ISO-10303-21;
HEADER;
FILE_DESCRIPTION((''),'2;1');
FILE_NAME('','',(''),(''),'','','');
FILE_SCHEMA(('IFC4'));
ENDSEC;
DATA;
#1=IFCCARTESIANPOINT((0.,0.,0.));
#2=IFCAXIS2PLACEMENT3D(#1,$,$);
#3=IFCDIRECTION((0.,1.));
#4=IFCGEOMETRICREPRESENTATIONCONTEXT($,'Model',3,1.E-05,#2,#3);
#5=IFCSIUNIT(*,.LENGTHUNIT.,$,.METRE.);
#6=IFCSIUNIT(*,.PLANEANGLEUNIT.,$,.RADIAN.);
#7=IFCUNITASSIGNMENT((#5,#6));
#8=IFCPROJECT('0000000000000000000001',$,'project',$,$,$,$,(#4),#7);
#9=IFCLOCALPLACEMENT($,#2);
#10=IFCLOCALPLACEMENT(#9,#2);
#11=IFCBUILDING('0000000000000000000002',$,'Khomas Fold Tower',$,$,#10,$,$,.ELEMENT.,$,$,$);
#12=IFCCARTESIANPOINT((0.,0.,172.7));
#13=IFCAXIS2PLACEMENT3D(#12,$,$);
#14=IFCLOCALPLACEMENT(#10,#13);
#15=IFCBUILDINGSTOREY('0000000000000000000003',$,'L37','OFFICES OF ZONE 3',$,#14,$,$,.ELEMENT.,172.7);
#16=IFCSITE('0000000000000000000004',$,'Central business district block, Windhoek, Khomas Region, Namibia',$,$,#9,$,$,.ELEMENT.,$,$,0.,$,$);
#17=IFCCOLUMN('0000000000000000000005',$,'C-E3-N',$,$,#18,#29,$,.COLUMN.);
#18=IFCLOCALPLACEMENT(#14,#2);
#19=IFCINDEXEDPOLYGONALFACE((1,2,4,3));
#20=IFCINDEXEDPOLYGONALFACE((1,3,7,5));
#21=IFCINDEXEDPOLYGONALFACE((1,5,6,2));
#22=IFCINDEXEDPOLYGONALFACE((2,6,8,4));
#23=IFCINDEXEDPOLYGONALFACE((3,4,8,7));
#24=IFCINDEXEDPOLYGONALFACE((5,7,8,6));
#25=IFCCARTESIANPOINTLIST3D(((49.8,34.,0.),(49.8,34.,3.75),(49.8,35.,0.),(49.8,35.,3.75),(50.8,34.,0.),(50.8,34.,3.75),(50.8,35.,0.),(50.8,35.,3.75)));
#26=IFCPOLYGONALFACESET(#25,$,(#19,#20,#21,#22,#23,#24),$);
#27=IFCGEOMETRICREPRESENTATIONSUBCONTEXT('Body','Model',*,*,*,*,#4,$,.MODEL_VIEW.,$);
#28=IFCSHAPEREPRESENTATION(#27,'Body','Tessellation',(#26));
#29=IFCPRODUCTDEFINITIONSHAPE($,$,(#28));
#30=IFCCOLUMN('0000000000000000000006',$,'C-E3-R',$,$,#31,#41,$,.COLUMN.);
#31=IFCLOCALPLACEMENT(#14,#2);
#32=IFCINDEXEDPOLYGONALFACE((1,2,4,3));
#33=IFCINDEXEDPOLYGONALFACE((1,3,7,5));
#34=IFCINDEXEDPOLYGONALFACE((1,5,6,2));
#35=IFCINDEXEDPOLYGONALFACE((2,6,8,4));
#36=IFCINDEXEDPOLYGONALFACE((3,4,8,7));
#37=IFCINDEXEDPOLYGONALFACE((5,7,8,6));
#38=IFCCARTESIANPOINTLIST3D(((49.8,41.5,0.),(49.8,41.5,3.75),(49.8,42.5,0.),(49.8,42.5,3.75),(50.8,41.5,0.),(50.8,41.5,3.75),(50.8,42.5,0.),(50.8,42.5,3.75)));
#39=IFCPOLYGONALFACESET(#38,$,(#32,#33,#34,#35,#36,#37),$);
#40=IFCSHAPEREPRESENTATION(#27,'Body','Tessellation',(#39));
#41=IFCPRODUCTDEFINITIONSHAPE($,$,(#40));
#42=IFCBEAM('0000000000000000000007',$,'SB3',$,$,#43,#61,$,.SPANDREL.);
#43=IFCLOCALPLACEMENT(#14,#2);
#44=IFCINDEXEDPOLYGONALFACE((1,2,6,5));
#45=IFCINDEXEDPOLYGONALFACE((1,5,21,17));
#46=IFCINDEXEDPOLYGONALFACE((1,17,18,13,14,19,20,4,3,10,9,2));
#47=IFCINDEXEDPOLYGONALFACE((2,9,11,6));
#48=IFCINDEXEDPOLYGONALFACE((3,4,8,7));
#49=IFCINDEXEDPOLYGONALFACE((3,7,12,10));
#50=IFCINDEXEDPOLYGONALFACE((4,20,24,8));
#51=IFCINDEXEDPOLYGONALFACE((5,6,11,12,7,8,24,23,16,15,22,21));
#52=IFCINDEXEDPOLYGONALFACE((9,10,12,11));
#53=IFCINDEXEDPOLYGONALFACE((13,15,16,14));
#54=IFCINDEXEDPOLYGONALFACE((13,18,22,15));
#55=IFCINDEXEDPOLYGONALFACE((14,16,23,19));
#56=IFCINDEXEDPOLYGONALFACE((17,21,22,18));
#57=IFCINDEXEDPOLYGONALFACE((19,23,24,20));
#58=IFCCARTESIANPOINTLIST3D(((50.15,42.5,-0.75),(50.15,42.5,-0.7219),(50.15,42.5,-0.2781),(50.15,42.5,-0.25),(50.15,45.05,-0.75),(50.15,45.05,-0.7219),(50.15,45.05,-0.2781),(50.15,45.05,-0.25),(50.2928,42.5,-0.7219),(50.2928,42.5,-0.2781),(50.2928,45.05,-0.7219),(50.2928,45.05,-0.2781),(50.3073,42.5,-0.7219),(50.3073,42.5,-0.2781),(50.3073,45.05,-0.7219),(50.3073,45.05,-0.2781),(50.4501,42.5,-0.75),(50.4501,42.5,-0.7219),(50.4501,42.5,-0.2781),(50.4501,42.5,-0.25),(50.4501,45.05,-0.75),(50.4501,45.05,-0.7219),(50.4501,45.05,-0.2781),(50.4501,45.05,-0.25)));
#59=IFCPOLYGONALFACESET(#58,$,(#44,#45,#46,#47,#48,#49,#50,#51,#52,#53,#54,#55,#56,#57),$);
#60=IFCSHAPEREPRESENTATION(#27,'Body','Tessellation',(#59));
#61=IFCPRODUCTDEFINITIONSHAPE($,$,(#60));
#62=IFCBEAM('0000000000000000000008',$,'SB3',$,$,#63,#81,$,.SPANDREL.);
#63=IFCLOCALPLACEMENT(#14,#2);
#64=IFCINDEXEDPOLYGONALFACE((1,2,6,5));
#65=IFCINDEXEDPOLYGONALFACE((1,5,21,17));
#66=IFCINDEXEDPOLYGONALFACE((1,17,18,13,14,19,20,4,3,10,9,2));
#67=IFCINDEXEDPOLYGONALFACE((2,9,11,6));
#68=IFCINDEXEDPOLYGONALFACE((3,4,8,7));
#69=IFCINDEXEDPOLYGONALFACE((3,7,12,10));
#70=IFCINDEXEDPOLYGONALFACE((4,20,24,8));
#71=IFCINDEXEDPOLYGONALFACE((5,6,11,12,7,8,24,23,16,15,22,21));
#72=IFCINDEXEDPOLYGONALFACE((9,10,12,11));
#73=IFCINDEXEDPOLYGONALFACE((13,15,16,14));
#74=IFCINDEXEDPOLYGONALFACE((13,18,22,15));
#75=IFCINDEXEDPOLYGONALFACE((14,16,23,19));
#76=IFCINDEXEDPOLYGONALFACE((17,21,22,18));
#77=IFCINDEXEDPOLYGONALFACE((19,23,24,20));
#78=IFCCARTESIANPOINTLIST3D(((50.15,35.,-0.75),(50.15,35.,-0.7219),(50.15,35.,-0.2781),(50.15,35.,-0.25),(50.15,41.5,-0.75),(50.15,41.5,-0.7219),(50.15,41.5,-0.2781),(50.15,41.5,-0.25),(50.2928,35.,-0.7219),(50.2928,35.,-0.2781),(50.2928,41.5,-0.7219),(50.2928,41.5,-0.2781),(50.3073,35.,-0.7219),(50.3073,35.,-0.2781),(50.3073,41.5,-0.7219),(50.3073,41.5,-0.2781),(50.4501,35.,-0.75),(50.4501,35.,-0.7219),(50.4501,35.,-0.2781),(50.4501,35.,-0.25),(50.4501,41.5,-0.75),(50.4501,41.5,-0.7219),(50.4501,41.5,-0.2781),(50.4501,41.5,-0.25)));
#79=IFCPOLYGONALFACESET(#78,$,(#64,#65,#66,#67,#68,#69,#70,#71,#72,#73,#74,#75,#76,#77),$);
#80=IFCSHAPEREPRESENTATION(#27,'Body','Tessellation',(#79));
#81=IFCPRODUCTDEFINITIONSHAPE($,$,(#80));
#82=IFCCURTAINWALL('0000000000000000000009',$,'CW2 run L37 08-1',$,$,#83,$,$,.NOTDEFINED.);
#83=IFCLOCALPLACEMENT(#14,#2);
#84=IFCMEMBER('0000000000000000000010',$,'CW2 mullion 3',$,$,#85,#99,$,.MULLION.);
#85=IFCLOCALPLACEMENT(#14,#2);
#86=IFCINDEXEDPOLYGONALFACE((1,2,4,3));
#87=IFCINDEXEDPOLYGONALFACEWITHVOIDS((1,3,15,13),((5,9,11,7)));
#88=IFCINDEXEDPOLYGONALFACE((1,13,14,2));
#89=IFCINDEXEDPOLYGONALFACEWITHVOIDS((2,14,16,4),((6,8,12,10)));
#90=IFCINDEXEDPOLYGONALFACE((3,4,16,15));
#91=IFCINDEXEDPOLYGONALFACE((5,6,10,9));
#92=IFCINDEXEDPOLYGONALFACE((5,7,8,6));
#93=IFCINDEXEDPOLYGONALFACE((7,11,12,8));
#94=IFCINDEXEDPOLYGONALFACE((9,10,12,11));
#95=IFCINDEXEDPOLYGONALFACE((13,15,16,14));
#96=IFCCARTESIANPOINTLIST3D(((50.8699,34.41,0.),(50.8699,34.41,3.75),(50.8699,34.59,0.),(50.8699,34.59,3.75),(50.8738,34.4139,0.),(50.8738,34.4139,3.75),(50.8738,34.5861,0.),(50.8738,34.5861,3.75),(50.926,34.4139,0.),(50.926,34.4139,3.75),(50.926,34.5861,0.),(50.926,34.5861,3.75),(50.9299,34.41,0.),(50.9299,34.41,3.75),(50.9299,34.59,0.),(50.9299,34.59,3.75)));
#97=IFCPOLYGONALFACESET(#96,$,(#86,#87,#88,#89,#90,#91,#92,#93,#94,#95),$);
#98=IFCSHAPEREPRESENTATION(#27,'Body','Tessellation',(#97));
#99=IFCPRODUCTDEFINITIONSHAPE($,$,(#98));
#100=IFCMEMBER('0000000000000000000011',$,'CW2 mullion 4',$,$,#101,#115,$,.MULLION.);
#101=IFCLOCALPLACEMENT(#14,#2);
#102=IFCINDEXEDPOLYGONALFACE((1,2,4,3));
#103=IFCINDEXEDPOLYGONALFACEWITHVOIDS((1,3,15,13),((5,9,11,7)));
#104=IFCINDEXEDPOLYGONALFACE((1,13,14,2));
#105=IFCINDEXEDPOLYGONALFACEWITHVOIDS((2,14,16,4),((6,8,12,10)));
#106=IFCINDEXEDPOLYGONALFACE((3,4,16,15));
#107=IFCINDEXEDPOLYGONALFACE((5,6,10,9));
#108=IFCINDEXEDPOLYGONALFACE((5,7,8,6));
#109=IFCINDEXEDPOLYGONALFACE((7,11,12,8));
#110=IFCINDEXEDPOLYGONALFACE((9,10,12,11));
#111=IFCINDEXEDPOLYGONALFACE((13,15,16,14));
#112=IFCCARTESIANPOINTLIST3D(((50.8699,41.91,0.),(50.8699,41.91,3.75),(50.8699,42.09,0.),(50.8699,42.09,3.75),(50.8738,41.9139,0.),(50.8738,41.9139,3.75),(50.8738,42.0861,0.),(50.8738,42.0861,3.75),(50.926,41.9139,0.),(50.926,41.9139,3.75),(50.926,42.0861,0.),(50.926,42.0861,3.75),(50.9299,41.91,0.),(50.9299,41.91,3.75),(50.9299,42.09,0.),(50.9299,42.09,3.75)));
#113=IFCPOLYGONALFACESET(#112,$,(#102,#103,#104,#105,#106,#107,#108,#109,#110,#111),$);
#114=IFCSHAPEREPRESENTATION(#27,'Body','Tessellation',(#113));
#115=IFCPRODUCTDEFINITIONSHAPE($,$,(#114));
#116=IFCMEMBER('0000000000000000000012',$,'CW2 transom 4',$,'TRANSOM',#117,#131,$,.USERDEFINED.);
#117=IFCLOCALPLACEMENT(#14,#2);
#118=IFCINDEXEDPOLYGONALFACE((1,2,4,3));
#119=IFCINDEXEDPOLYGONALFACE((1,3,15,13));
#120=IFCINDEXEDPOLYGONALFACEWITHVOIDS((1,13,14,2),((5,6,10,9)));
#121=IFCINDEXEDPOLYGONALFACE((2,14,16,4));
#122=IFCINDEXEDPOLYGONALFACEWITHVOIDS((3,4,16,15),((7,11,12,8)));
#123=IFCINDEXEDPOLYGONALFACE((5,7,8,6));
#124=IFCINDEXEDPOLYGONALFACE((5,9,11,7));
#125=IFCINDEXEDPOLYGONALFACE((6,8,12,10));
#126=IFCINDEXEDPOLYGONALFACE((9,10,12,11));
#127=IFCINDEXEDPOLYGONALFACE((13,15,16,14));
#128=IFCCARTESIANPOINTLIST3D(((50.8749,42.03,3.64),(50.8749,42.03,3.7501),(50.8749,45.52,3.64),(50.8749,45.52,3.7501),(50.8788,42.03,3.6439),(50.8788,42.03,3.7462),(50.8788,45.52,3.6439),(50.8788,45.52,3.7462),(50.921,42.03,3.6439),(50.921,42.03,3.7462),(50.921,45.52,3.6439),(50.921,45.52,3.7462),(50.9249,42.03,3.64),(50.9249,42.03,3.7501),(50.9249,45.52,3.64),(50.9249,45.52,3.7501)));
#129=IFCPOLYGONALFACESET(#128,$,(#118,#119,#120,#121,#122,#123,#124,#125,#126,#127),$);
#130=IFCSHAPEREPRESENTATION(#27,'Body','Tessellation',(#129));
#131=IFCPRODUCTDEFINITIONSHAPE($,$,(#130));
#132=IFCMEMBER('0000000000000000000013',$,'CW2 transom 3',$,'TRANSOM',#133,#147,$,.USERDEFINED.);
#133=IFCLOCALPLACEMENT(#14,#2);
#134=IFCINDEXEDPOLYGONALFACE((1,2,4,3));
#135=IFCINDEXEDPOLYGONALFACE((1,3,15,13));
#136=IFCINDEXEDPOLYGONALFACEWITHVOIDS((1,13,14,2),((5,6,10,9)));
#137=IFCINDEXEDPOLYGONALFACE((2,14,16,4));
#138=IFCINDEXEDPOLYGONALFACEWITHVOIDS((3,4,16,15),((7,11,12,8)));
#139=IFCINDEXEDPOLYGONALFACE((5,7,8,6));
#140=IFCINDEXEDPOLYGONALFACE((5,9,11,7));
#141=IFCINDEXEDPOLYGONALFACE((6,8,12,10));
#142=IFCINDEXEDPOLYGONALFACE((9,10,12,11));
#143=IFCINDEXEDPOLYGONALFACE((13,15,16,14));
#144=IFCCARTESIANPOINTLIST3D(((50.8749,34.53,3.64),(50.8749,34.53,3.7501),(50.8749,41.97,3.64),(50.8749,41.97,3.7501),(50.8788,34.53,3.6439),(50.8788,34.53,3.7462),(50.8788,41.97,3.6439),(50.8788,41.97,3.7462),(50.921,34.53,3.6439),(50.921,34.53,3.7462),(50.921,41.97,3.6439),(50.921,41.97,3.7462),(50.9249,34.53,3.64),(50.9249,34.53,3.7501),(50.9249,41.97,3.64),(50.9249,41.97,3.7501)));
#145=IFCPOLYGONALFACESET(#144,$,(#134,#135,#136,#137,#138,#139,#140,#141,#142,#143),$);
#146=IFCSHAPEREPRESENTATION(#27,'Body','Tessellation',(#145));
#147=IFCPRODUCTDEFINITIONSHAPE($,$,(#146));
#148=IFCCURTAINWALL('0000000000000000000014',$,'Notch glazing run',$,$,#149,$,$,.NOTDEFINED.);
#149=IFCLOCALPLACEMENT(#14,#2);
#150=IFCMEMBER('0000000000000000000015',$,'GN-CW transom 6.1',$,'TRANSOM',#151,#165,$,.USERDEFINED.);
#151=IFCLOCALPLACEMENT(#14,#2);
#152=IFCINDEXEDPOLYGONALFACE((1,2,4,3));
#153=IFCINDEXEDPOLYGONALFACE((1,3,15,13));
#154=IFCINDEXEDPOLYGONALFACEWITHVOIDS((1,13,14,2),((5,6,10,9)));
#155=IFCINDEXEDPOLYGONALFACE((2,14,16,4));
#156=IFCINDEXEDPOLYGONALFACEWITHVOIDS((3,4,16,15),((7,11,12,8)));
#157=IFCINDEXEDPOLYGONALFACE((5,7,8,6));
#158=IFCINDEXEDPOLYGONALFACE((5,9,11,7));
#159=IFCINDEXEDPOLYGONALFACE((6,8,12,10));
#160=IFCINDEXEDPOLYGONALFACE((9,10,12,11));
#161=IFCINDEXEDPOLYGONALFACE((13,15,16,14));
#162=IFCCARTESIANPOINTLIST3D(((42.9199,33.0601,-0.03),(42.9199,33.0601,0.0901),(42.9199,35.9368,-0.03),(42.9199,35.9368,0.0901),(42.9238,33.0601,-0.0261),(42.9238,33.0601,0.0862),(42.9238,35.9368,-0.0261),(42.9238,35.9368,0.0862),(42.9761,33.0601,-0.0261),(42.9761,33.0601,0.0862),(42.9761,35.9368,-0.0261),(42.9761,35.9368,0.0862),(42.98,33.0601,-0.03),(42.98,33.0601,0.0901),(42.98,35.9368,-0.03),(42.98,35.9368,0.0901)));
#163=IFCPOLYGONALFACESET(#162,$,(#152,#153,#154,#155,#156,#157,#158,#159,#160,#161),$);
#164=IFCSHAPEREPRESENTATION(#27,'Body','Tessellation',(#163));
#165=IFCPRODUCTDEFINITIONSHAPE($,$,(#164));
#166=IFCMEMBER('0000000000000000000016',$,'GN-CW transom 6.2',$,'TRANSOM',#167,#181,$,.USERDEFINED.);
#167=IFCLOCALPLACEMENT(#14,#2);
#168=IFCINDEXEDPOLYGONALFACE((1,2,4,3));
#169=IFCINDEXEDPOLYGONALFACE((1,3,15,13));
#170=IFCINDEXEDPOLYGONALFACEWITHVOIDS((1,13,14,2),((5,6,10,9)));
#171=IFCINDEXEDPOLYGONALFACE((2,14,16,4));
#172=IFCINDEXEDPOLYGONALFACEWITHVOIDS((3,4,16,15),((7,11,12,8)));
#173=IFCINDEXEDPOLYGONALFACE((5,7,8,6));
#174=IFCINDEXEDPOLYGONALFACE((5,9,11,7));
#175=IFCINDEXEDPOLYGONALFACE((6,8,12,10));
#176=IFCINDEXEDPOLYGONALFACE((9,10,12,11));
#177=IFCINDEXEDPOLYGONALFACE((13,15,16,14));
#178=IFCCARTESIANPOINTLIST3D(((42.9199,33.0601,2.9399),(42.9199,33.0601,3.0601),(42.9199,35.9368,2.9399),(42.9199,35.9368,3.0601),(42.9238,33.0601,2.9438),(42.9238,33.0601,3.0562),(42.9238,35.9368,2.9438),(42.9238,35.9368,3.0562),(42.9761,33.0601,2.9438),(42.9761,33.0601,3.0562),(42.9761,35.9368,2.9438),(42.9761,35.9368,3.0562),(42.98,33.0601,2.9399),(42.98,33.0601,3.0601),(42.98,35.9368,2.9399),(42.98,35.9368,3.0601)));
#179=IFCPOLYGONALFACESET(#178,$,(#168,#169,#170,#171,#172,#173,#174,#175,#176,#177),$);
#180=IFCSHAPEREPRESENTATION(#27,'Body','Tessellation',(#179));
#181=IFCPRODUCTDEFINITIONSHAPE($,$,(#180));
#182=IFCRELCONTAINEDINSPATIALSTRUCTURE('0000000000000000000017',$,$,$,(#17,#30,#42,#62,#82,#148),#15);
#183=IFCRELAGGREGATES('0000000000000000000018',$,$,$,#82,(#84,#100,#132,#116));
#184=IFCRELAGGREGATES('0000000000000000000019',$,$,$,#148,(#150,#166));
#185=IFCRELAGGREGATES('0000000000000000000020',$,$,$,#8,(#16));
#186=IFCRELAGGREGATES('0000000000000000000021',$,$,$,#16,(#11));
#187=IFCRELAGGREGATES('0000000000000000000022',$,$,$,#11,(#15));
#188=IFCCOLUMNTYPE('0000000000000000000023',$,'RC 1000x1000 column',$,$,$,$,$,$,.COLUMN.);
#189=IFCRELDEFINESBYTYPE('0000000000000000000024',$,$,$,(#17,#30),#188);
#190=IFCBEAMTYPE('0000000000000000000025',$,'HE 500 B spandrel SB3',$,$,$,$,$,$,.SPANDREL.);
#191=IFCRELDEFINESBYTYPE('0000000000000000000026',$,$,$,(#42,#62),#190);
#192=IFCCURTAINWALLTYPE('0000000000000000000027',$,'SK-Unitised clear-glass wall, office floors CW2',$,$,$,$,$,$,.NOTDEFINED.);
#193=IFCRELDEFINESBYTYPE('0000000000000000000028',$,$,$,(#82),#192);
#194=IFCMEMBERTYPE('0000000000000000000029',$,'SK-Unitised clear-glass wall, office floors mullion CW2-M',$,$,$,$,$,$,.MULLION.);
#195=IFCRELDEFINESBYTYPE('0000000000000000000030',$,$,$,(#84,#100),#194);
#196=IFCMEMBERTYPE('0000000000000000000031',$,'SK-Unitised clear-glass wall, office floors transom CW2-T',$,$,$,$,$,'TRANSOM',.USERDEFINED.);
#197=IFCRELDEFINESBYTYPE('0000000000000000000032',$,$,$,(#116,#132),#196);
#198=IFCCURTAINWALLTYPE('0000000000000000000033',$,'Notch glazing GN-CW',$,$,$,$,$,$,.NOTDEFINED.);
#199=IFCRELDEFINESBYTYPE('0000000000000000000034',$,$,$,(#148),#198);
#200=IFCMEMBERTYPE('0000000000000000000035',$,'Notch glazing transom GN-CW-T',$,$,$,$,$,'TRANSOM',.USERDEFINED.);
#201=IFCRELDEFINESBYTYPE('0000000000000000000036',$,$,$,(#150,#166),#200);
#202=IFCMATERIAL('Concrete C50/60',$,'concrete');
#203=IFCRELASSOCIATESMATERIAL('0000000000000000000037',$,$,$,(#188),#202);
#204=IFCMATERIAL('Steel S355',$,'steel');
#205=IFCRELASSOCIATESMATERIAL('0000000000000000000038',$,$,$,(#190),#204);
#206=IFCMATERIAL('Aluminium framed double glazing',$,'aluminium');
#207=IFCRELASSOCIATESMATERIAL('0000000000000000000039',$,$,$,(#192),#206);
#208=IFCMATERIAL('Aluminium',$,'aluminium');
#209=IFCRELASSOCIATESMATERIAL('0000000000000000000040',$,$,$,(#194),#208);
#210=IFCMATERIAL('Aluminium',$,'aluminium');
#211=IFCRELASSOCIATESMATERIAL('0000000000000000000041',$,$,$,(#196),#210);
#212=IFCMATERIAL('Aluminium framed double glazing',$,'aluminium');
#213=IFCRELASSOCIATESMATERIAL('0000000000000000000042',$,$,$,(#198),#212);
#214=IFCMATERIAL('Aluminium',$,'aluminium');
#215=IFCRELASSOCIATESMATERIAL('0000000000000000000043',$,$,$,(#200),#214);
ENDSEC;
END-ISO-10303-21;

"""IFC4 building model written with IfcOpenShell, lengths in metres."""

from ifc_helpers import new_model, si_unit, direction, frame, origin, origin_2d, place, context, subcontext, project, spatial, rectangle, hollow_rectangle, i_section, extrude, source, transform, mapped, material, material_profile, profile_set, type_object, element, aggregate, save


model = new_model("IFC4")

# Units and contexts
model_context = context("Model", 3, precision=1e-05, world=origin(), true_north=direction((0.0, 1.0)))
body_context = subcontext(model_context, "Body", "Model", "MODEL_VIEW")
ifc_project = project(units=[si_unit("LENGTHUNIT", "METRE"), si_unit("PLANEANGLEUNIT", "RADIAN")], contexts=[model_context])

# Site, building, storey
site_placement = place(None, origin())
site = spatial("IfcSite", under=ifc_project, at=site_placement, Name="Central business district block, Windhoek, Khomas Region, Namibia", CompositionType="ELEMENT", RefElevation=0.0)
building_placement = place(site_placement, origin())
building = spatial("IfcBuilding", under=site, at=building_placement, Name="Khomas Fold Tower", CompositionType="ELEMENT")
storey_placement = place(building_placement, frame((0.0, 0.0, 172.7)))
storey = spatial("IfcBuildingStorey", under=building, at=storey_placement, Name="L37", Description="OFFICES OF ZONE 3", CompositionType="ELEMENT", Elevation=172.7)

# Columns
ifc_material_1 = material(Name="Concrete C50/60", Category="concrete")
ifc_material_profile_1 = material_profile(ifc_material_1, rectangle(XDim=1.0, YDim=1.0, at=origin_2d()), Name="RC 1000x1000")
ifc_profile_set_1 = profile_set([ifc_material_profile_1], Name="Concrete C50/60")
column_type = type_object("IfcColumnType", Name="RC 1000x1000 column", PredefinedType="COLUMN", material=ifc_profile_set_1)
shared_shape_1 = source(origin(), body_context, "Body", "SweptSolid", [
    extrude(rectangle(XDim=1.0, YDim=1.0, at=origin_2d()), origin(), (0.0, 0.0, 1.0), 3.75),
])
for number, where, z_axis, x_axis, name in (
    (1, (50.3, 34.5, 0.0), (0.0, 0.0, 1.0), (1.0, 0.0, 0.0), "C-E3-N"),
    (2, (50.3, 42.0, 0.0), (0.0, 0.0, 1.0), (1.0, 0.0, 0.0), "C-E3-R"),
):
    element("IfcColumn", number, at=place(storey_placement, frame(where, z_axis=z_axis, x_axis=x_axis)), inside=storey, type_object=column_type, Name=name, PredefinedType="COLUMN", context=body_context, shape_type="MappedRepresentation", body=[
        mapped(shared_shape_1, transform((0.0, 0.0, 0.0))),
    ])

# Beams
ifc_material_2 = material(Name="Steel S355", Category="steel")
ifc_material_profile_2 = material_profile(ifc_material_2, i_section(OverallWidth=0.3, OverallDepth=0.5, WebThickness=0.0144, FlangeThickness=0.0281, at=origin_2d()), Name="HE 500 B")
ifc_profile_set_2 = profile_set([ifc_material_profile_2], Name="Steel S355")
beam_type = type_object("IfcBeamType", Name="HE 500 B spandrel SB3", PredefinedType="SPANDREL", material=ifc_profile_set_2)
shared_shape_2 = source(origin(), body_context, "Body", "SweptSolid", [
    extrude(i_section(OverallWidth=0.3, OverallDepth=0.5, WebThickness=0.0144, FlangeThickness=0.0281, at=origin_2d()), origin(), (0.0, 0.0, 1.0), 2.55),
])
beam_1_placement = place(storey_placement, frame((50.3, 42.5, -0.5), z_axis=(0.0, 1.0, 0.0), x_axis=(-1.0, 0.0, 0.0)))
element("IfcBeam", 3, at=beam_1_placement, inside=storey, type_object=beam_type, Name="SB3", PredefinedType="SPANDREL", context=body_context, shape_type="MappedRepresentation", body=[
    mapped(shared_shape_2, transform((0.0, 0.0, 0.0))),
])
shared_shape_3 = source(origin(), body_context, "Body", "SweptSolid", [
    extrude(i_section(OverallWidth=0.3, OverallDepth=0.5, WebThickness=0.0144, FlangeThickness=0.0281, at=origin_2d()), origin(), (0.0, 0.0, 1.0), 6.5),
])
beam_2_placement = place(storey_placement, frame((50.3, 35.0, -0.5), z_axis=(0.0, 1.0, 0.0), x_axis=(-1.0, 0.0, 0.0)))
element("IfcBeam", 4, at=beam_2_placement, inside=storey, type_object=beam_type, Name="SB3", PredefinedType="SPANDREL", context=body_context, shape_type="MappedRepresentation", body=[
    mapped(shared_shape_3, transform((0.0, 0.0, 0.0))),
])

# Curtain walls, members
ifc_material_3 = material(Name="Aluminium framed double glazing", Category="aluminium")
curtain_wall_type_1 = type_object("IfcCurtainWallType", Name="SK-Unitised clear-glass wall, office floors CW2", PredefinedType="NOTDEFINED", material=ifc_material_3)
curtain_wall_1_placement = place(storey_placement, origin())
curtain_wall_1 = element("IfcCurtainWall", 5, at=curtain_wall_1_placement, inside=storey, type_object=curtain_wall_type_1, Name="CW2 run L37 08-1", PredefinedType="NOTDEFINED")
ifc_material_4 = material(Name="Aluminium", Category="aluminium")
ifc_material_profile_3 = material_profile(ifc_material_4, hollow_rectangle(XDim=0.0601, YDim=0.1799, WallThickness=0.0039, at=origin_2d()), Name="SK-Unitised clear-glass wall, office floors mullion CW2-M")
ifc_profile_set_3 = profile_set([ifc_material_profile_3], Name="Aluminium")
member_type_1 = type_object("IfcMemberType", Name="SK-Unitised clear-glass wall, office floors mullion CW2-M", PredefinedType="MULLION", material=ifc_profile_set_3)
shared_shape_4 = source(origin(), body_context, "Body", "SweptSolid", [
    extrude(hollow_rectangle(XDim=0.0601, YDim=0.1799, WallThickness=0.0039, at=origin_2d()), origin(), (0.0, 0.0, 1.0), 3.75),
])
member_1_placement = place(storey_placement, frame((50.8999, 34.5, 0.0), z_axis=(0.0, 0.0, 1.0), x_axis=(-1.0, 0.0, 0.0)))
member_1 = element("IfcMember", 6, at=member_1_placement, type_object=member_type_1, Name="CW2 mullion 3", PredefinedType="MULLION", context=body_context, shape_type="MappedRepresentation", body=[
    mapped(shared_shape_4, transform((0.0, 0.0, 0.0))),
])
member_2_placement = place(storey_placement, frame((50.8999, 42.0, 0.0), z_axis=(0.0, 0.0, 1.0), x_axis=(-1.0, 0.0, 0.0)))
member_2 = element("IfcMember", 7, at=member_2_placement, type_object=member_type_1, Name="CW2 mullion 4", PredefinedType="MULLION", context=body_context, shape_type="MappedRepresentation", body=[
    mapped(shared_shape_4, transform((0.0, 0.0, 0.0))),
])
ifc_material_5 = material(Name="Aluminium", Category="aluminium")
ifc_material_profile_4 = material_profile(ifc_material_5, hollow_rectangle(XDim=0.05, YDim=0.1101, WallThickness=0.0039, at=origin_2d()), Name="SK-Unitised clear-glass wall, office floors transom CW2-T")
ifc_profile_set_4 = profile_set([ifc_material_profile_4], Name="Aluminium")
member_type_2 = type_object("IfcMemberType", Name="SK-Unitised clear-glass wall, office floors transom CW2-T", ElementType="TRANSOM", PredefinedType="USERDEFINED", material=ifc_profile_set_4)
shared_shape_5 = source(origin(), body_context, "Body", "SweptSolid", [
    extrude(hollow_rectangle(XDim=0.05, YDim=0.1101, WallThickness=0.0039, at=origin_2d()), origin(), (0.0, 0.0, 1.0), 3.49),
])
member_3_placement = place(storey_placement, frame((50.8999, 42.03, 3.6951), z_axis=(0.0, 1.0, 0.0), x_axis=(-1.0, 0.0, 0.0)))
member_3 = element("IfcMember", 8, at=member_3_placement, type_object=member_type_2, Name="CW2 transom 4", ObjectType="TRANSOM", PredefinedType="USERDEFINED", context=body_context, shape_type="MappedRepresentation", body=[
    mapped(shared_shape_5, transform((0.0, 0.0, 0.0))),
])
shared_shape_6 = source(origin(), body_context, "Body", "SweptSolid", [
    extrude(hollow_rectangle(XDim=0.05, YDim=0.1101, WallThickness=0.0039, at=origin_2d()), origin(), (0.0, 0.0, 1.0), 7.4399),
])
member_4_placement = place(storey_placement, frame((50.8999, 34.53, 3.6951), z_axis=(0.0, 1.0, 0.0), x_axis=(-1.0, 0.0, 0.0)))
member_4 = element("IfcMember", 9, at=member_4_placement, type_object=member_type_2, Name="CW2 transom 3", ObjectType="TRANSOM", PredefinedType="USERDEFINED", context=body_context, shape_type="MappedRepresentation", body=[
    mapped(shared_shape_6, transform((0.0, 0.0, 0.0))),
])
ifc_material_6 = material(Name="Aluminium framed double glazing", Category="aluminium")
curtain_wall_type_2 = type_object("IfcCurtainWallType", Name="Notch glazing GN-CW", PredefinedType="NOTDEFINED", material=ifc_material_6)
curtain_wall_2_placement = place(storey_placement, origin())
curtain_wall_2 = element("IfcCurtainWall", 10, at=curtain_wall_2_placement, inside=storey, type_object=curtain_wall_type_2, Name="Notch glazing run", PredefinedType="NOTDEFINED")
ifc_material_7 = material(Name="Aluminium", Category="aluminium")
ifc_material_profile_5 = material_profile(ifc_material_7, hollow_rectangle(XDim=0.0601, YDim=0.1201, WallThickness=0.0039, at=origin_2d()), Name="Notch glazing transom GN-CW-T")
ifc_profile_set_5 = profile_set([ifc_material_profile_5], Name="Aluminium")
member_type_3 = type_object("IfcMemberType", Name="Notch glazing transom GN-CW-T", ElementType="TRANSOM", PredefinedType="USERDEFINED", material=ifc_profile_set_5)
shared_shape_7 = source(origin(), body_context, "Body", "SweptSolid", [
    extrude(hollow_rectangle(XDim=0.0601, YDim=0.1201, WallThickness=0.0039, at=origin_2d()), origin(), (0.0, 0.0, 1.0), 2.8767),
])
member_5_placement = place(storey_placement, frame((42.95, 35.9368, 0.03), z_axis=(0.0, -1.0, 0.0), x_axis=(1.0, 0.0, 0.0)))
member_5 = element("IfcMember", 11, at=member_5_placement, type_object=member_type_3, Name="GN-CW transom 6.1", ObjectType="TRANSOM", PredefinedType="USERDEFINED", context=body_context, shape_type="MappedRepresentation", body=[
    mapped(shared_shape_7, transform((0.0, 0.0, 0.0))),
])
member_6_placement = place(storey_placement, frame((42.95, 35.9368, 3.0), z_axis=(0.0, -1.0, 0.0), x_axis=(1.0, 0.0, 0.0)))
member_6 = element("IfcMember", 12, at=member_6_placement, type_object=member_type_3, Name="GN-CW transom 6.2", ObjectType="TRANSOM", PredefinedType="USERDEFINED", context=body_context, shape_type="MappedRepresentation", body=[
    mapped(shared_shape_7, transform((0.0, 0.0, 0.0))),
])

aggregate(curtain_wall_1, [member_1, member_2, member_4, member_3])
aggregate(curtain_wall_2, [member_5, member_6])

save(model, "model.ifc")
